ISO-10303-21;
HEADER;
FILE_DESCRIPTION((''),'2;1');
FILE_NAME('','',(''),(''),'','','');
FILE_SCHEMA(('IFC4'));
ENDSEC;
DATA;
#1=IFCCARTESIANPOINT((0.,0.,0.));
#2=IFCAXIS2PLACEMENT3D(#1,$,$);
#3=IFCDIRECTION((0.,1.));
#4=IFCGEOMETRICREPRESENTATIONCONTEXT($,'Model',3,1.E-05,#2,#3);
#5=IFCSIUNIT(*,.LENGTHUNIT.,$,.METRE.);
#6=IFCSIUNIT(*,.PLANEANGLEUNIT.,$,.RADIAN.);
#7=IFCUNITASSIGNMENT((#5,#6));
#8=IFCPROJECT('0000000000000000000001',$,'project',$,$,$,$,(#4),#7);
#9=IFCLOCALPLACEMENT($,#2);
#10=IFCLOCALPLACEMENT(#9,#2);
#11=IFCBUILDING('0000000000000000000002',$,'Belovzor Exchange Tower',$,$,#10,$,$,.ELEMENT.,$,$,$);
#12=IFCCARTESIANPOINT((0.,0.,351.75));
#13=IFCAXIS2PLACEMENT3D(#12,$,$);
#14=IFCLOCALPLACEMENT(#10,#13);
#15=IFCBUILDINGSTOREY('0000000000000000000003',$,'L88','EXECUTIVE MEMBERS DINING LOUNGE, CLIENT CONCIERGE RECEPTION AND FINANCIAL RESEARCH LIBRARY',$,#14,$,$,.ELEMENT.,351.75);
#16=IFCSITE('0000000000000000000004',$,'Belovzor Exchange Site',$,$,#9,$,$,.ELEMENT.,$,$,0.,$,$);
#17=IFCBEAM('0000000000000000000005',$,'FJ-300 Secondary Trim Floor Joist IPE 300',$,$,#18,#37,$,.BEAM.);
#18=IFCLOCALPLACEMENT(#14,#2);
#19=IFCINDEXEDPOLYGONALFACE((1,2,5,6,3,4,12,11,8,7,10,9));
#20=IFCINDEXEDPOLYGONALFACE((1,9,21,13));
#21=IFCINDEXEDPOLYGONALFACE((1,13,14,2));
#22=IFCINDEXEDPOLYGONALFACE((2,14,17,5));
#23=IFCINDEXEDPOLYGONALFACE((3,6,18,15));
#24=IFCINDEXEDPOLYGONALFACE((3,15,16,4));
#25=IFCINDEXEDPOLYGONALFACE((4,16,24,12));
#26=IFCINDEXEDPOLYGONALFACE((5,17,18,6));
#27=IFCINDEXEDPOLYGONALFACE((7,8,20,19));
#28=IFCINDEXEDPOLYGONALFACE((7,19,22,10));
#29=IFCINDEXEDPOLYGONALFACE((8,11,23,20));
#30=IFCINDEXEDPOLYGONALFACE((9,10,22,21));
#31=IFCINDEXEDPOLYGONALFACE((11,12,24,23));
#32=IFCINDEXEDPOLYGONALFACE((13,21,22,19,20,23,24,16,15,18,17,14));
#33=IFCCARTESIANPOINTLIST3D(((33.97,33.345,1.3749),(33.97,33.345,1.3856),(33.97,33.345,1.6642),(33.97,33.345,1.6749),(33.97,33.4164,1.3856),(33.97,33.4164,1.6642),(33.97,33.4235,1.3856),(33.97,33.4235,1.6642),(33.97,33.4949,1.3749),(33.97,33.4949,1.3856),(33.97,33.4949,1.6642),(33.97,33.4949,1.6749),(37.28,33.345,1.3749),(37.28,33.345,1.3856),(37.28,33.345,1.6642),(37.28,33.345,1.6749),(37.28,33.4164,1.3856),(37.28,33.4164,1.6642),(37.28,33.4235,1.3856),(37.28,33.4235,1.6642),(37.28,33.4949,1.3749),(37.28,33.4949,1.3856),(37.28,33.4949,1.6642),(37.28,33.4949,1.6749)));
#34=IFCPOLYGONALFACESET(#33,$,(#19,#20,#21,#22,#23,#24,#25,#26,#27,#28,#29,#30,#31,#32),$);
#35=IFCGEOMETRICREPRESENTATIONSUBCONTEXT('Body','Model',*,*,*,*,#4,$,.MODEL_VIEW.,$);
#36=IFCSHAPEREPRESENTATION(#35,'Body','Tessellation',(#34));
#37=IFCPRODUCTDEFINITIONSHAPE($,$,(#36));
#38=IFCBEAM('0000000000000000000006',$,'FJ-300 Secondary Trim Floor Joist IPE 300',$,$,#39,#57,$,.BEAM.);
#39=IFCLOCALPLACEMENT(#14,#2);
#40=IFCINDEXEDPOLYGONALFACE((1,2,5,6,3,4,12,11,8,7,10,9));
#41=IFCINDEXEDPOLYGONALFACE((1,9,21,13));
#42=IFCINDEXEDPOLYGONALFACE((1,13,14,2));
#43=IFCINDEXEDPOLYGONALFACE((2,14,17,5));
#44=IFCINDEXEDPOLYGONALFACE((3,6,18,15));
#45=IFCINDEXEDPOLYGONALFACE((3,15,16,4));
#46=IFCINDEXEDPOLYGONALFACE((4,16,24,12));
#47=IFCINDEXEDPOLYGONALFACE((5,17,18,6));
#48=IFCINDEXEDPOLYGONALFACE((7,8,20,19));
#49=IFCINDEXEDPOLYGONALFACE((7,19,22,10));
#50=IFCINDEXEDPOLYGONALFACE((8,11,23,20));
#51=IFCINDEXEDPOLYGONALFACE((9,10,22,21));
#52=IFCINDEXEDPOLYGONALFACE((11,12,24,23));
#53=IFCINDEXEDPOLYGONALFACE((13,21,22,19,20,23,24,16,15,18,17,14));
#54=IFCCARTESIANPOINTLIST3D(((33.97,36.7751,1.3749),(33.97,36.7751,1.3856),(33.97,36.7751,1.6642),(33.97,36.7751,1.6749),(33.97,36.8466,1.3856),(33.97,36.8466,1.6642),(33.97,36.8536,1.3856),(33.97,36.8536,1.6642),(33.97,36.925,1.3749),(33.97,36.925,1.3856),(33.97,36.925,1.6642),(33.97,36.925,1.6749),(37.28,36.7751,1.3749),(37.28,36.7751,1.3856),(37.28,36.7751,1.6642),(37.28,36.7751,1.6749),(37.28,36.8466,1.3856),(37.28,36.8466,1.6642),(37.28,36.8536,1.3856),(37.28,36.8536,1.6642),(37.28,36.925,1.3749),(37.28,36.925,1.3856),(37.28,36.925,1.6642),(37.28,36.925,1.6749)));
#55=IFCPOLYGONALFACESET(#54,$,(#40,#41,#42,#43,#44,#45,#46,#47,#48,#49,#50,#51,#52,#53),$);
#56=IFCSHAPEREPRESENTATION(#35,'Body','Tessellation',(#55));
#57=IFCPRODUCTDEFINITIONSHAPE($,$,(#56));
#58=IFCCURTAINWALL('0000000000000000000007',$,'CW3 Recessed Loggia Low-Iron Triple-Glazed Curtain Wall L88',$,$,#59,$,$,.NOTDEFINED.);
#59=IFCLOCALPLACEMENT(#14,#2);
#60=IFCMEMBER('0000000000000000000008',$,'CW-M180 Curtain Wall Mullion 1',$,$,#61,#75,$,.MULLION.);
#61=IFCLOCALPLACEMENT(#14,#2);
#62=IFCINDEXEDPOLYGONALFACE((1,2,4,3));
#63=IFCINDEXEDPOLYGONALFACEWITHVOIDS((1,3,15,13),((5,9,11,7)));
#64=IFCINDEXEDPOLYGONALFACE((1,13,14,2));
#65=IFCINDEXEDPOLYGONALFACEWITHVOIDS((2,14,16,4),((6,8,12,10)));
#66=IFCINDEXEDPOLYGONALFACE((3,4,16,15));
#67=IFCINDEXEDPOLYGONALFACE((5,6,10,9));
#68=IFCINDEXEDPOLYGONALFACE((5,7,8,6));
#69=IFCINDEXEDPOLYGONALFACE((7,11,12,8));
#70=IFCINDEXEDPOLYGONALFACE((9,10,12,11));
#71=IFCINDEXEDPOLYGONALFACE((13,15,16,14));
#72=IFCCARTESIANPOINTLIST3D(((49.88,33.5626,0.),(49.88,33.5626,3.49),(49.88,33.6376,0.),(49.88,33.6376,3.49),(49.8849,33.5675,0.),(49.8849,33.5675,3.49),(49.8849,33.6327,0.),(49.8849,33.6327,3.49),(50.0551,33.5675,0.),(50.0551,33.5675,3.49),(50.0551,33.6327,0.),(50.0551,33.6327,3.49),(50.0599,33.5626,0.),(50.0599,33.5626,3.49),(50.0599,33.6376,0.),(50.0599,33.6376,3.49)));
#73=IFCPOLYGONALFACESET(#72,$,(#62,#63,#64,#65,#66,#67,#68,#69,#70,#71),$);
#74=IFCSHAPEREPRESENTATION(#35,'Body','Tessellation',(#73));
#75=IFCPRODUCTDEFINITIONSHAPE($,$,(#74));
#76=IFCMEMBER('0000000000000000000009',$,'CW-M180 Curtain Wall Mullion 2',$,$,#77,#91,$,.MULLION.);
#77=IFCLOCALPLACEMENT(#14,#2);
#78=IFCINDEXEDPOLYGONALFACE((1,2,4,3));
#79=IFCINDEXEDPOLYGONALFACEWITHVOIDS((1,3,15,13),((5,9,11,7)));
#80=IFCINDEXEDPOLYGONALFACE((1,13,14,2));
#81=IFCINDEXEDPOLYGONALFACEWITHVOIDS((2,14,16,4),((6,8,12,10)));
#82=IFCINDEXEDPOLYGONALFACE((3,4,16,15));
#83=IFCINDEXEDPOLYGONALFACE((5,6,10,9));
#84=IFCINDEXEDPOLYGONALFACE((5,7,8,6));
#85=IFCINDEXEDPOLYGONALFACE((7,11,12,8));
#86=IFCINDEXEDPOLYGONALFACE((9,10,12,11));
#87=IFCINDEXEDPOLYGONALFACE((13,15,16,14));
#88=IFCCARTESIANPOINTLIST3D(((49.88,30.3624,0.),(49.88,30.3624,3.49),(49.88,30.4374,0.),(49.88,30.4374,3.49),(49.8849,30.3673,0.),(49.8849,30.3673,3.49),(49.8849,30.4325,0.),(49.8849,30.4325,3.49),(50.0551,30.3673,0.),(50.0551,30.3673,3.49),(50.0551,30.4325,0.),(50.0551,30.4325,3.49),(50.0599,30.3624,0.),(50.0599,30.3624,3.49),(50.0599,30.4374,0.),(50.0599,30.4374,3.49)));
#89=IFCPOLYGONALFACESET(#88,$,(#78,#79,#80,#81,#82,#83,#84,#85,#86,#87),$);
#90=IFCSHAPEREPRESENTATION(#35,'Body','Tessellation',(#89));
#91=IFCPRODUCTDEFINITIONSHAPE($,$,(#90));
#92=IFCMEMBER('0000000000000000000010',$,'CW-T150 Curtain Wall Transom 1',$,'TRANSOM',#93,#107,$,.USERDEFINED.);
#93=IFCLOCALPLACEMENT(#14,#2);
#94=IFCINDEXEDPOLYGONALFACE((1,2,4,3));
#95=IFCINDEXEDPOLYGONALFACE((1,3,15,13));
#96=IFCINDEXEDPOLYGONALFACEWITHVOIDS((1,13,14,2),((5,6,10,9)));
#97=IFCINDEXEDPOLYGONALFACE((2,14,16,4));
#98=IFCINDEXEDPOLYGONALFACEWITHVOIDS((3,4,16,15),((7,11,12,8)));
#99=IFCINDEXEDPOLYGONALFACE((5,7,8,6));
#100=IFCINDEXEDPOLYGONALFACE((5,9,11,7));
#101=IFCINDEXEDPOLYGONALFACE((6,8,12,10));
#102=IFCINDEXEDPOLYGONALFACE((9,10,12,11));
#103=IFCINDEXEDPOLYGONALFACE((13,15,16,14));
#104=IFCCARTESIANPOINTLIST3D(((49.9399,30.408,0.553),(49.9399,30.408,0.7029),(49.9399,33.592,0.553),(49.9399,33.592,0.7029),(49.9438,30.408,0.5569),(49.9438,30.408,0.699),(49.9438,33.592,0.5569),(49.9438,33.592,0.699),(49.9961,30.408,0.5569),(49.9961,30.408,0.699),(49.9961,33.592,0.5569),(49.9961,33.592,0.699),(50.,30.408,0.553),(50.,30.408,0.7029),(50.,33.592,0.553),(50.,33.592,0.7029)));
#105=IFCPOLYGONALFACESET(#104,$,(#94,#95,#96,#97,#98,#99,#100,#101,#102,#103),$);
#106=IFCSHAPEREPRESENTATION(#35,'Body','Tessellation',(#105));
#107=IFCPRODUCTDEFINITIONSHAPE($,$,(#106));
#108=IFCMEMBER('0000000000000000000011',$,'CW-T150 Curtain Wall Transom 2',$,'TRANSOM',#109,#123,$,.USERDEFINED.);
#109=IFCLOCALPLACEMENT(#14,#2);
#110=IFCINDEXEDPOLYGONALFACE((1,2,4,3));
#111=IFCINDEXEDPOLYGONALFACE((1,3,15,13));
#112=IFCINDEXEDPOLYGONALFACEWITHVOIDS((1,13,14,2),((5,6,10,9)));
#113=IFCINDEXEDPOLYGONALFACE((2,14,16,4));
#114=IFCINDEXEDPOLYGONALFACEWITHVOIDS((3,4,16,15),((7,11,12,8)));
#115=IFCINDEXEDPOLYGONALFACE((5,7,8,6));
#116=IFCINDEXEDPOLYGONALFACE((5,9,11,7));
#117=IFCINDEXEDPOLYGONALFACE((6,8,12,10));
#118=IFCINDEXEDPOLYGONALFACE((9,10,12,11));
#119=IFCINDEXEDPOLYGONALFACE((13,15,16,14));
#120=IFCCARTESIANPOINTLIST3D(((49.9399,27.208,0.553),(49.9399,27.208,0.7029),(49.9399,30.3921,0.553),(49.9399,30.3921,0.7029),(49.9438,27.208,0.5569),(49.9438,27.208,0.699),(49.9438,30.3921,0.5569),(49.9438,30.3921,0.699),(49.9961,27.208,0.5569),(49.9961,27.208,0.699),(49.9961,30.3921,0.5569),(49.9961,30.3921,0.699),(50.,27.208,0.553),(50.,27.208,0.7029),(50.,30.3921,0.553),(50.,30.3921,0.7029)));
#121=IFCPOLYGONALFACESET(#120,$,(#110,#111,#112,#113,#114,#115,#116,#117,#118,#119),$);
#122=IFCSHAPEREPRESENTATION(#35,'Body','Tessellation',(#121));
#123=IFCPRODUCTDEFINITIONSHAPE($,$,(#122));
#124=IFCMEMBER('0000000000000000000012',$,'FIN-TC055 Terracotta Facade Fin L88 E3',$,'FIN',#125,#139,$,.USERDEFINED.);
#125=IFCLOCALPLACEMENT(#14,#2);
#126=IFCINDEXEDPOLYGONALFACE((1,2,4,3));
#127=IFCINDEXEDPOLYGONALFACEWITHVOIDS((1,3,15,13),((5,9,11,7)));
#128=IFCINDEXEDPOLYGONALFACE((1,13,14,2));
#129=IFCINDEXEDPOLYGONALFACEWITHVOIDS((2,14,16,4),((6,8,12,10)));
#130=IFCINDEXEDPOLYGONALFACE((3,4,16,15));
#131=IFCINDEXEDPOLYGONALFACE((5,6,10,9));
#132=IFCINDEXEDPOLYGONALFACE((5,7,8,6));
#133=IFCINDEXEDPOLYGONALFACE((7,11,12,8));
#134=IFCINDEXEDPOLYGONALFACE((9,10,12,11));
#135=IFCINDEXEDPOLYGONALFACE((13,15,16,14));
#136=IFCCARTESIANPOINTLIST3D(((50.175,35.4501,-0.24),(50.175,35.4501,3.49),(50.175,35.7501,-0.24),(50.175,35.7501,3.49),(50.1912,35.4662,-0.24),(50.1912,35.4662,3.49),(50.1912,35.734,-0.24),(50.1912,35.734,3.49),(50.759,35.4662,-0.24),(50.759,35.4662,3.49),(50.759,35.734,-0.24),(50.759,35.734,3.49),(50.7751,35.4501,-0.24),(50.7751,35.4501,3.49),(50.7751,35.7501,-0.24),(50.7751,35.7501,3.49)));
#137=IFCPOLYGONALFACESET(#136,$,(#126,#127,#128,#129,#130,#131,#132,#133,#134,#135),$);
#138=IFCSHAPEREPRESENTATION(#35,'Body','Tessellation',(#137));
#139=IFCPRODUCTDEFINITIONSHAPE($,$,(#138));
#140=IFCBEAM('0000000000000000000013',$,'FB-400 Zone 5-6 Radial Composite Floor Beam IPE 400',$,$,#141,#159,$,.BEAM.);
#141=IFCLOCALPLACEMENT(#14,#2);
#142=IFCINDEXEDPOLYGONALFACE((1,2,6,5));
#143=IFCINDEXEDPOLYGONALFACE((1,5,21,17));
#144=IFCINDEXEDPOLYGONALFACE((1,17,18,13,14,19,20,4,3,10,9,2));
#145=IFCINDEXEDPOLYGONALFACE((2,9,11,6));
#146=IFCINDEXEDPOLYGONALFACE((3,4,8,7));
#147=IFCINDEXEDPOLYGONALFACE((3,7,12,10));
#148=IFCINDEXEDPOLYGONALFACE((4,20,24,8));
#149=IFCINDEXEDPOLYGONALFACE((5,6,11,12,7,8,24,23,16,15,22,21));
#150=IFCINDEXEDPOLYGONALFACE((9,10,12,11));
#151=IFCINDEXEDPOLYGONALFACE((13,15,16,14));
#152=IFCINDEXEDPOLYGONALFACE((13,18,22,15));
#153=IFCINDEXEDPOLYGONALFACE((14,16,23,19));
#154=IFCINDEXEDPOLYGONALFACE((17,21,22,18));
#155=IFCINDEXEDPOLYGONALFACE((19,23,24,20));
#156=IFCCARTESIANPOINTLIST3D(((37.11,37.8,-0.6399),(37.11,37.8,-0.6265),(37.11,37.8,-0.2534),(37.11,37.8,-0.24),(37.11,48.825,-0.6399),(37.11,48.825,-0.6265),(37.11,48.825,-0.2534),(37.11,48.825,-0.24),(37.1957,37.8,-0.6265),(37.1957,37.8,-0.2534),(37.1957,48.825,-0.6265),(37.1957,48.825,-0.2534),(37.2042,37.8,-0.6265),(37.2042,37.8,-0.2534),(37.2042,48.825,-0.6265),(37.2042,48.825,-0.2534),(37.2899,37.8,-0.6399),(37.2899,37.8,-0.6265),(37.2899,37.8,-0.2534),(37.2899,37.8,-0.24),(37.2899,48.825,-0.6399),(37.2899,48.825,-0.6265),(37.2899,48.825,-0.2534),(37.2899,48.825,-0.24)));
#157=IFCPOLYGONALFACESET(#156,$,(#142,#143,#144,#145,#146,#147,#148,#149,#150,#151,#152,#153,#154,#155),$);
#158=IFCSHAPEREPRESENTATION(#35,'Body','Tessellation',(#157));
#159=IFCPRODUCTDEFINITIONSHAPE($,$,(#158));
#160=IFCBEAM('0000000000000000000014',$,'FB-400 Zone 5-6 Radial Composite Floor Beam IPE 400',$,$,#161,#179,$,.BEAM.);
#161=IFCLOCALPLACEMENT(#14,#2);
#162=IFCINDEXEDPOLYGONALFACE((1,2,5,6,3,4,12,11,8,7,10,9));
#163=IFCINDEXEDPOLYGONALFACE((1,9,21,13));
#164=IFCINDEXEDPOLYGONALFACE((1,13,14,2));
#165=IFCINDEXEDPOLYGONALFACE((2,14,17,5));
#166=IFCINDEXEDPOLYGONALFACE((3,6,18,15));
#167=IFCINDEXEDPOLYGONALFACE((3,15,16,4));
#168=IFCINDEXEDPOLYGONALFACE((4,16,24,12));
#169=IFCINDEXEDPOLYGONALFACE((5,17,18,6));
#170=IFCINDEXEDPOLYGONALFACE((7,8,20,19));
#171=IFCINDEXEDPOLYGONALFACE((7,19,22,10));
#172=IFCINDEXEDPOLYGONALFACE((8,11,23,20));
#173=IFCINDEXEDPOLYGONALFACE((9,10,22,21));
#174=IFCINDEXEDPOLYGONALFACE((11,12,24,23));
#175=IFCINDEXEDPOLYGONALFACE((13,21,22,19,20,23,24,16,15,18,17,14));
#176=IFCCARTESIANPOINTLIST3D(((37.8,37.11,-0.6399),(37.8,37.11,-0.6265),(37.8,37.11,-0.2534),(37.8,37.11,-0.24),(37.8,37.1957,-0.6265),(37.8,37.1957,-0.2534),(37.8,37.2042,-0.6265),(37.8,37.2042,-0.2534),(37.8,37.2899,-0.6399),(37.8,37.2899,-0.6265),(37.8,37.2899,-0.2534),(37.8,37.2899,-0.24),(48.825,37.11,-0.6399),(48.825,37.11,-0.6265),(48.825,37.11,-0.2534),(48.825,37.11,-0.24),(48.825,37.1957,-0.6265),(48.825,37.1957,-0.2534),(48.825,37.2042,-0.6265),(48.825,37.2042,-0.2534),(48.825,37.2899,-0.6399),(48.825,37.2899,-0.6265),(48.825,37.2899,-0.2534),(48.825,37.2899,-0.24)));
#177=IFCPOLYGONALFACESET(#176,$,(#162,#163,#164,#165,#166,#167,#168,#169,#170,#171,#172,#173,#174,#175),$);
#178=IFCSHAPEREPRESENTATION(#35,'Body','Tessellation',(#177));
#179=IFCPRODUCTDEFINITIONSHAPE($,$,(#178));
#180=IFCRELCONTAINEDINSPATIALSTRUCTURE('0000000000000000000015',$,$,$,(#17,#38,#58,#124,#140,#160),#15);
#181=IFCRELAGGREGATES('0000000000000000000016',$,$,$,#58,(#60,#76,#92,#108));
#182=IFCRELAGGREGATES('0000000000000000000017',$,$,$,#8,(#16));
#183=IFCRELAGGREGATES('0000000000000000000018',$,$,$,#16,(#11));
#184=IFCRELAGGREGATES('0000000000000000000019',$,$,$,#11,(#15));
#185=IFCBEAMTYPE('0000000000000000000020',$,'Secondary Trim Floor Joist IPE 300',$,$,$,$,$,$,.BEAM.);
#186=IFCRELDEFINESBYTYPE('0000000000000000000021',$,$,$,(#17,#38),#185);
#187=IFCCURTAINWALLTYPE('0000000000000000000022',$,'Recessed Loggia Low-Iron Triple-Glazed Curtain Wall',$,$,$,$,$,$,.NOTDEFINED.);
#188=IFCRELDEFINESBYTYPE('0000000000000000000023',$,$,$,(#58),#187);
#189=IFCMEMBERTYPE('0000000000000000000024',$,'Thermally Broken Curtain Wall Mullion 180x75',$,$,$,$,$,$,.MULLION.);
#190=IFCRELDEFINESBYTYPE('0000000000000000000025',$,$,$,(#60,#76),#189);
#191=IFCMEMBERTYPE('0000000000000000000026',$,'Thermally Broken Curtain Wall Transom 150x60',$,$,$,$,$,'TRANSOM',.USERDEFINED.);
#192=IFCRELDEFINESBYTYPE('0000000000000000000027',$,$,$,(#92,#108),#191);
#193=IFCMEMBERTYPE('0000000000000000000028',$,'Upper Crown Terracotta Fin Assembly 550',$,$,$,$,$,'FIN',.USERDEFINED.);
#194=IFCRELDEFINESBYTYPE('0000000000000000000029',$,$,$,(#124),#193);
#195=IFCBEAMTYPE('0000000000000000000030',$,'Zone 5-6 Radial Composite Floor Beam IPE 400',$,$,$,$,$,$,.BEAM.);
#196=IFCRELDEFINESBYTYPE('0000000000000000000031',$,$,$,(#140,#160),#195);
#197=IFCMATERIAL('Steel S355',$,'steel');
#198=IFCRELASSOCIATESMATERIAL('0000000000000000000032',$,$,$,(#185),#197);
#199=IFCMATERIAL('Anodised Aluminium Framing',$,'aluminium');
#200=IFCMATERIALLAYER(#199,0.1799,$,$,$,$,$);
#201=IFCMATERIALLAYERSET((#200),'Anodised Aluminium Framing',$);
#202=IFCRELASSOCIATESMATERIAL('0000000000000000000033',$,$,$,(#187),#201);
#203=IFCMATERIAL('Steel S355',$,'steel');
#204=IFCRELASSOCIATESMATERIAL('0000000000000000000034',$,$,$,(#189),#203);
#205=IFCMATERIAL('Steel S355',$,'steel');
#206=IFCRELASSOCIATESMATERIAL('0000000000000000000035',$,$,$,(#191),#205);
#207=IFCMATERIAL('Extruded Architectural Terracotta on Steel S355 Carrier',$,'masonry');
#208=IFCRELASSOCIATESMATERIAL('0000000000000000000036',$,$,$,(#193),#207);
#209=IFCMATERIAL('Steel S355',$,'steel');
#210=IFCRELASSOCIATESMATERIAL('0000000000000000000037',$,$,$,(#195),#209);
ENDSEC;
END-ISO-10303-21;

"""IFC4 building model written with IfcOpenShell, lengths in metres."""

from ifc_helpers import new_model, si_unit, direction, frame, origin, origin_2d, place, context, subcontext, project, spatial, hollow_rectangle, i_section, extrude, material, layer, layer_set, material_profile, profile_set, type_object, element, aggregate, save


model = new_model("IFC4")

# Units and contexts
model_context = context("Model", 3, precision=1e-05, world=origin(), true_north=direction((0.0, 1.0)))
body_context = subcontext(model_context, "Body", "Model", "MODEL_VIEW")
ifc_project = project(units=[si_unit("LENGTHUNIT", "METRE"), si_unit("PLANEANGLEUNIT", "RADIAN")], contexts=[model_context])

# Site, building, storey
site_placement = place(None, origin())
site = spatial("IfcSite", under=ifc_project, at=site_placement, Name="Belovzor Exchange Site", CompositionType="ELEMENT", RefElevation=0.0)
building_placement = place(site_placement, origin())
building = spatial("IfcBuilding", under=site, at=building_placement, Name="Belovzor Exchange Tower", CompositionType="ELEMENT")
storey_placement = place(building_placement, frame((0.0, 0.0, 351.75)))
storey = spatial("IfcBuildingStorey", under=building, at=storey_placement, Name="L88", Description="EXECUTIVE MEMBERS DINING LOUNGE, CLIENT CONCIERGE RECEPTION AND FINANCIAL RESEARCH LIBRARY", CompositionType="ELEMENT", Elevation=351.75)

# Beams
ifc_material_1 = material(Name="Steel S355", Category="steel")
ifc_material_profile_1 = material_profile(ifc_material_1, i_section(OverallWidth=0.1499, OverallDepth=0.3, WebThickness=0.0071, FlangeThickness=0.0107, at=origin_2d()))
ifc_profile_set_1 = profile_set([ifc_material_profile_1], Name="Steel S355")
beam_type_1 = type_object("IfcBeamType", Name="Secondary Trim Floor Joist IPE 300", PredefinedType="BEAM", material=ifc_profile_set_1)
for number, where, z_axis, x_axis, name in (
    (1, (37.28, 33.4199, 1.5249), (-1.0, 0.0, 0.0), (0.0, -1.0, 0.0), "FJ-300 Secondary Trim Floor Joist IPE 300"),
    (2, (37.28, 36.8501, 1.5249), (-1.0, 0.0, 0.0), (0.0, -1.0, 0.0), "FJ-300 Secondary Trim Floor Joist IPE 300"),
):
    element("IfcBeam", number, at=place(storey_placement, frame(where, z_axis=z_axis, x_axis=x_axis)), inside=storey, type_object=beam_type_1, Name=name, PredefinedType="BEAM", context=body_context, shape_type="SweptSolid", body=[
        extrude(i_section(OverallWidth=0.1499, OverallDepth=0.3, WebThickness=0.0071, FlangeThickness=0.0107, at=origin_2d()), origin(), (0.0, 0.0, 1.0), 3.3101),
    ])

# Curtain wall, members
ifc_material_2 = material(Name="Anodised Aluminium Framing", Category="aluminium")
ifc_layer_1 = layer(ifc_material_2, 0.1799)
ifc_layer_set_1 = layer_set([ifc_layer_1], Name="Anodised Aluminium Framing")
curtain_wall_type = type_object("IfcCurtainWallType", Name="Recessed Loggia Low-Iron Triple-Glazed Curtain Wall", PredefinedType="NOTDEFINED", material=ifc_layer_set_1)
curtain_wall_placement = place(storey_placement, origin())
curtain_wall = element("IfcCurtainWall", 3, at=curtain_wall_placement, inside=storey, type_object=curtain_wall_type, Name="CW3 Recessed Loggia Low-Iron Triple-Glazed Curtain Wall L88", PredefinedType="NOTDEFINED")
ifc_material_3 = material(Name="Steel S355", Category="steel")
ifc_material_profile_2 = material_profile(ifc_material_3, hollow_rectangle(XDim=0.075, YDim=0.1799, WallThickness=0.0049, at=origin_2d()))
ifc_profile_set_2 = profile_set([ifc_material_profile_2], Name="Steel S355")
member_type_1 = type_object("IfcMemberType", Name="Thermally Broken Curtain Wall Mullion 180x75", PredefinedType="MULLION", material=ifc_profile_set_2)
member_1_placement = place(storey_placement, frame((49.97, 33.6001, 0.0), z_axis=(0.0, 0.0, 1.0), x_axis=(0.0, -1.0, 0.0)))
member_1 = element("IfcMember", 4, at=member_1_placement, type_object=member_type_1, Name="CW-M180 Curtain Wall Mullion 1", PredefinedType="MULLION", context=body_context, shape_type="SweptSolid", body=[
    extrude(hollow_rectangle(XDim=0.075, YDim=0.1799, WallThickness=0.0049, at=origin_2d()), origin(), (0.0, 0.0, 1.0), 3.49),
])
member_2_placement = place(storey_placement, frame((49.97, 30.3999, 0.0), z_axis=(0.0, 0.0, 1.0), x_axis=(0.0, -1.0, 0.0)))
member_2 = element("IfcMember", 5, at=member_2_placement, type_object=member_type_1, Name="CW-M180 Curtain Wall Mullion 2", PredefinedType="MULLION", context=body_context, shape_type="SweptSolid", body=[
    extrude(hollow_rectangle(XDim=0.075, YDim=0.1799, WallThickness=0.0049, at=origin_2d()), origin(), (0.0, 0.0, 1.0), 3.49),
])
ifc_material_4 = material(Name="Steel S355", Category="steel")
ifc_material_profile_3 = material_profile(ifc_material_4, hollow_rectangle(XDim=0.0601, YDim=0.1499, WallThickness=0.0039, at=origin_2d()))
ifc_profile_set_3 = profile_set([ifc_material_profile_3], Name="Steel S355")
member_type_2 = type_object("IfcMemberType", Name="Thermally Broken Curtain Wall Transom 150x60", ElementType="TRANSOM", PredefinedType="USERDEFINED", material=ifc_profile_set_3)
member_3_placement = place(storey_placement, frame((49.97, 33.592, 0.6279), z_axis=(0.0, -1.0, 0.0), x_axis=(1.0, 0.0, 0.0)))
member_3 = element("IfcMember", 6, at=member_3_placement, type_object=member_type_2, Name="CW-T150 Curtain Wall Transom 1", ObjectType="TRANSOM", PredefinedType="USERDEFINED", context=body_context, shape_type="SweptSolid", body=[
    extrude(hollow_rectangle(XDim=0.0601, YDim=0.1499, WallThickness=0.0039, at=origin_2d()), origin(), (0.0, 0.0, 1.0), 3.1841),
])
member_4_placement = place(storey_placement, frame((49.97, 30.3921, 0.6279), z_axis=(0.0, -1.0, 0.0), x_axis=(1.0, 0.0, 0.0)))
member_4 = element("IfcMember", 7, at=member_4_placement, type_object=member_type_2, Name="CW-T150 Curtain Wall Transom 2", ObjectType="TRANSOM", PredefinedType="USERDEFINED", context=body_context, shape_type="SweptSolid", body=[
    extrude(hollow_rectangle(XDim=0.0601, YDim=0.1499, WallThickness=0.0039, at=origin_2d()), origin(), (0.0, 0.0, 1.0), 3.1841),
])

# Member
ifc_material_5 = material(Name="Extruded Architectural Terracotta on Steel S355 Carrier", Category="masonry")
ifc_material_profile_4 = material_profile(ifc_material_5, hollow_rectangle(XDim=0.3, YDim=0.6001, WallThickness=0.0161, at=origin_2d()))
ifc_profile_set_4 = profile_set([ifc_material_profile_4], Name="Extruded Architectural Terracotta on Steel S355 Carrier")
member_type_3 = type_object("IfcMemberType", Name="Upper Crown Terracotta Fin Assembly 550", ElementType="FIN", PredefinedType="USERDEFINED", material=ifc_profile_set_4)
member_5_placement = place(storey_placement, frame((50.4751, 35.6001, -0.24), z_axis=(0.0, 0.0, 1.0), x_axis=(0.0, 1.0, 0.0)))
element("IfcMember", 8, at=member_5_placement, inside=storey, type_object=member_type_3, Name="FIN-TC055 Terracotta Facade Fin L88 E3", ObjectType="FIN", PredefinedType="USERDEFINED", context=body_context, shape_type="SweptSolid", body=[
    extrude(hollow_rectangle(XDim=0.3, YDim=0.6001, WallThickness=0.0161, at=origin_2d()), origin(), (0.0, 0.0, 1.0), 3.73),
])

# Beams
ifc_material_6 = material(Name="Steel S355", Category="steel")
ifc_material_profile_5 = material_profile(ifc_material_6, i_section(OverallWidth=0.1799, OverallDepth=0.3999, WebThickness=0.0085, FlangeThickness=0.0134, at=origin_2d()))
ifc_profile_set_5 = profile_set([ifc_material_profile_5], Name="Steel S355")
beam_type_2 = type_object("IfcBeamType", Name="Zone 5-6 Radial Composite Floor Beam IPE 400", PredefinedType="BEAM", material=ifc_profile_set_5)
for number, where, z_axis, x_axis, name in (
    (9, (37.2, 37.8, -0.4399), (0.0, 1.0, 0.0), (-1.0, 0.0, 0.0), "FB-400 Zone 5-6 Radial Composite Floor Beam IPE 400"),
    (10, (37.8, 37.2, -0.4399), (1.0, 0.0, 0.0), (0.0, 1.0, 0.0), "FB-400 Zone 5-6 Radial Composite Floor Beam IPE 400"),
):
    element("IfcBeam", number, at=place(storey_placement, frame(where, z_axis=z_axis, x_axis=x_axis)), inside=storey, type_object=beam_type_2, Name=name, PredefinedType="BEAM", context=body_context, shape_type="SweptSolid", body=[
        extrude(i_section(OverallWidth=0.1799, OverallDepth=0.3999, WebThickness=0.0085, FlangeThickness=0.0134, at=origin_2d()), origin(), (0.0, 0.0, 1.0), 11.0249),
    ])

aggregate(curtain_wall, [member_1, member_2, member_3, member_4])

save(model, "model.ifc")
